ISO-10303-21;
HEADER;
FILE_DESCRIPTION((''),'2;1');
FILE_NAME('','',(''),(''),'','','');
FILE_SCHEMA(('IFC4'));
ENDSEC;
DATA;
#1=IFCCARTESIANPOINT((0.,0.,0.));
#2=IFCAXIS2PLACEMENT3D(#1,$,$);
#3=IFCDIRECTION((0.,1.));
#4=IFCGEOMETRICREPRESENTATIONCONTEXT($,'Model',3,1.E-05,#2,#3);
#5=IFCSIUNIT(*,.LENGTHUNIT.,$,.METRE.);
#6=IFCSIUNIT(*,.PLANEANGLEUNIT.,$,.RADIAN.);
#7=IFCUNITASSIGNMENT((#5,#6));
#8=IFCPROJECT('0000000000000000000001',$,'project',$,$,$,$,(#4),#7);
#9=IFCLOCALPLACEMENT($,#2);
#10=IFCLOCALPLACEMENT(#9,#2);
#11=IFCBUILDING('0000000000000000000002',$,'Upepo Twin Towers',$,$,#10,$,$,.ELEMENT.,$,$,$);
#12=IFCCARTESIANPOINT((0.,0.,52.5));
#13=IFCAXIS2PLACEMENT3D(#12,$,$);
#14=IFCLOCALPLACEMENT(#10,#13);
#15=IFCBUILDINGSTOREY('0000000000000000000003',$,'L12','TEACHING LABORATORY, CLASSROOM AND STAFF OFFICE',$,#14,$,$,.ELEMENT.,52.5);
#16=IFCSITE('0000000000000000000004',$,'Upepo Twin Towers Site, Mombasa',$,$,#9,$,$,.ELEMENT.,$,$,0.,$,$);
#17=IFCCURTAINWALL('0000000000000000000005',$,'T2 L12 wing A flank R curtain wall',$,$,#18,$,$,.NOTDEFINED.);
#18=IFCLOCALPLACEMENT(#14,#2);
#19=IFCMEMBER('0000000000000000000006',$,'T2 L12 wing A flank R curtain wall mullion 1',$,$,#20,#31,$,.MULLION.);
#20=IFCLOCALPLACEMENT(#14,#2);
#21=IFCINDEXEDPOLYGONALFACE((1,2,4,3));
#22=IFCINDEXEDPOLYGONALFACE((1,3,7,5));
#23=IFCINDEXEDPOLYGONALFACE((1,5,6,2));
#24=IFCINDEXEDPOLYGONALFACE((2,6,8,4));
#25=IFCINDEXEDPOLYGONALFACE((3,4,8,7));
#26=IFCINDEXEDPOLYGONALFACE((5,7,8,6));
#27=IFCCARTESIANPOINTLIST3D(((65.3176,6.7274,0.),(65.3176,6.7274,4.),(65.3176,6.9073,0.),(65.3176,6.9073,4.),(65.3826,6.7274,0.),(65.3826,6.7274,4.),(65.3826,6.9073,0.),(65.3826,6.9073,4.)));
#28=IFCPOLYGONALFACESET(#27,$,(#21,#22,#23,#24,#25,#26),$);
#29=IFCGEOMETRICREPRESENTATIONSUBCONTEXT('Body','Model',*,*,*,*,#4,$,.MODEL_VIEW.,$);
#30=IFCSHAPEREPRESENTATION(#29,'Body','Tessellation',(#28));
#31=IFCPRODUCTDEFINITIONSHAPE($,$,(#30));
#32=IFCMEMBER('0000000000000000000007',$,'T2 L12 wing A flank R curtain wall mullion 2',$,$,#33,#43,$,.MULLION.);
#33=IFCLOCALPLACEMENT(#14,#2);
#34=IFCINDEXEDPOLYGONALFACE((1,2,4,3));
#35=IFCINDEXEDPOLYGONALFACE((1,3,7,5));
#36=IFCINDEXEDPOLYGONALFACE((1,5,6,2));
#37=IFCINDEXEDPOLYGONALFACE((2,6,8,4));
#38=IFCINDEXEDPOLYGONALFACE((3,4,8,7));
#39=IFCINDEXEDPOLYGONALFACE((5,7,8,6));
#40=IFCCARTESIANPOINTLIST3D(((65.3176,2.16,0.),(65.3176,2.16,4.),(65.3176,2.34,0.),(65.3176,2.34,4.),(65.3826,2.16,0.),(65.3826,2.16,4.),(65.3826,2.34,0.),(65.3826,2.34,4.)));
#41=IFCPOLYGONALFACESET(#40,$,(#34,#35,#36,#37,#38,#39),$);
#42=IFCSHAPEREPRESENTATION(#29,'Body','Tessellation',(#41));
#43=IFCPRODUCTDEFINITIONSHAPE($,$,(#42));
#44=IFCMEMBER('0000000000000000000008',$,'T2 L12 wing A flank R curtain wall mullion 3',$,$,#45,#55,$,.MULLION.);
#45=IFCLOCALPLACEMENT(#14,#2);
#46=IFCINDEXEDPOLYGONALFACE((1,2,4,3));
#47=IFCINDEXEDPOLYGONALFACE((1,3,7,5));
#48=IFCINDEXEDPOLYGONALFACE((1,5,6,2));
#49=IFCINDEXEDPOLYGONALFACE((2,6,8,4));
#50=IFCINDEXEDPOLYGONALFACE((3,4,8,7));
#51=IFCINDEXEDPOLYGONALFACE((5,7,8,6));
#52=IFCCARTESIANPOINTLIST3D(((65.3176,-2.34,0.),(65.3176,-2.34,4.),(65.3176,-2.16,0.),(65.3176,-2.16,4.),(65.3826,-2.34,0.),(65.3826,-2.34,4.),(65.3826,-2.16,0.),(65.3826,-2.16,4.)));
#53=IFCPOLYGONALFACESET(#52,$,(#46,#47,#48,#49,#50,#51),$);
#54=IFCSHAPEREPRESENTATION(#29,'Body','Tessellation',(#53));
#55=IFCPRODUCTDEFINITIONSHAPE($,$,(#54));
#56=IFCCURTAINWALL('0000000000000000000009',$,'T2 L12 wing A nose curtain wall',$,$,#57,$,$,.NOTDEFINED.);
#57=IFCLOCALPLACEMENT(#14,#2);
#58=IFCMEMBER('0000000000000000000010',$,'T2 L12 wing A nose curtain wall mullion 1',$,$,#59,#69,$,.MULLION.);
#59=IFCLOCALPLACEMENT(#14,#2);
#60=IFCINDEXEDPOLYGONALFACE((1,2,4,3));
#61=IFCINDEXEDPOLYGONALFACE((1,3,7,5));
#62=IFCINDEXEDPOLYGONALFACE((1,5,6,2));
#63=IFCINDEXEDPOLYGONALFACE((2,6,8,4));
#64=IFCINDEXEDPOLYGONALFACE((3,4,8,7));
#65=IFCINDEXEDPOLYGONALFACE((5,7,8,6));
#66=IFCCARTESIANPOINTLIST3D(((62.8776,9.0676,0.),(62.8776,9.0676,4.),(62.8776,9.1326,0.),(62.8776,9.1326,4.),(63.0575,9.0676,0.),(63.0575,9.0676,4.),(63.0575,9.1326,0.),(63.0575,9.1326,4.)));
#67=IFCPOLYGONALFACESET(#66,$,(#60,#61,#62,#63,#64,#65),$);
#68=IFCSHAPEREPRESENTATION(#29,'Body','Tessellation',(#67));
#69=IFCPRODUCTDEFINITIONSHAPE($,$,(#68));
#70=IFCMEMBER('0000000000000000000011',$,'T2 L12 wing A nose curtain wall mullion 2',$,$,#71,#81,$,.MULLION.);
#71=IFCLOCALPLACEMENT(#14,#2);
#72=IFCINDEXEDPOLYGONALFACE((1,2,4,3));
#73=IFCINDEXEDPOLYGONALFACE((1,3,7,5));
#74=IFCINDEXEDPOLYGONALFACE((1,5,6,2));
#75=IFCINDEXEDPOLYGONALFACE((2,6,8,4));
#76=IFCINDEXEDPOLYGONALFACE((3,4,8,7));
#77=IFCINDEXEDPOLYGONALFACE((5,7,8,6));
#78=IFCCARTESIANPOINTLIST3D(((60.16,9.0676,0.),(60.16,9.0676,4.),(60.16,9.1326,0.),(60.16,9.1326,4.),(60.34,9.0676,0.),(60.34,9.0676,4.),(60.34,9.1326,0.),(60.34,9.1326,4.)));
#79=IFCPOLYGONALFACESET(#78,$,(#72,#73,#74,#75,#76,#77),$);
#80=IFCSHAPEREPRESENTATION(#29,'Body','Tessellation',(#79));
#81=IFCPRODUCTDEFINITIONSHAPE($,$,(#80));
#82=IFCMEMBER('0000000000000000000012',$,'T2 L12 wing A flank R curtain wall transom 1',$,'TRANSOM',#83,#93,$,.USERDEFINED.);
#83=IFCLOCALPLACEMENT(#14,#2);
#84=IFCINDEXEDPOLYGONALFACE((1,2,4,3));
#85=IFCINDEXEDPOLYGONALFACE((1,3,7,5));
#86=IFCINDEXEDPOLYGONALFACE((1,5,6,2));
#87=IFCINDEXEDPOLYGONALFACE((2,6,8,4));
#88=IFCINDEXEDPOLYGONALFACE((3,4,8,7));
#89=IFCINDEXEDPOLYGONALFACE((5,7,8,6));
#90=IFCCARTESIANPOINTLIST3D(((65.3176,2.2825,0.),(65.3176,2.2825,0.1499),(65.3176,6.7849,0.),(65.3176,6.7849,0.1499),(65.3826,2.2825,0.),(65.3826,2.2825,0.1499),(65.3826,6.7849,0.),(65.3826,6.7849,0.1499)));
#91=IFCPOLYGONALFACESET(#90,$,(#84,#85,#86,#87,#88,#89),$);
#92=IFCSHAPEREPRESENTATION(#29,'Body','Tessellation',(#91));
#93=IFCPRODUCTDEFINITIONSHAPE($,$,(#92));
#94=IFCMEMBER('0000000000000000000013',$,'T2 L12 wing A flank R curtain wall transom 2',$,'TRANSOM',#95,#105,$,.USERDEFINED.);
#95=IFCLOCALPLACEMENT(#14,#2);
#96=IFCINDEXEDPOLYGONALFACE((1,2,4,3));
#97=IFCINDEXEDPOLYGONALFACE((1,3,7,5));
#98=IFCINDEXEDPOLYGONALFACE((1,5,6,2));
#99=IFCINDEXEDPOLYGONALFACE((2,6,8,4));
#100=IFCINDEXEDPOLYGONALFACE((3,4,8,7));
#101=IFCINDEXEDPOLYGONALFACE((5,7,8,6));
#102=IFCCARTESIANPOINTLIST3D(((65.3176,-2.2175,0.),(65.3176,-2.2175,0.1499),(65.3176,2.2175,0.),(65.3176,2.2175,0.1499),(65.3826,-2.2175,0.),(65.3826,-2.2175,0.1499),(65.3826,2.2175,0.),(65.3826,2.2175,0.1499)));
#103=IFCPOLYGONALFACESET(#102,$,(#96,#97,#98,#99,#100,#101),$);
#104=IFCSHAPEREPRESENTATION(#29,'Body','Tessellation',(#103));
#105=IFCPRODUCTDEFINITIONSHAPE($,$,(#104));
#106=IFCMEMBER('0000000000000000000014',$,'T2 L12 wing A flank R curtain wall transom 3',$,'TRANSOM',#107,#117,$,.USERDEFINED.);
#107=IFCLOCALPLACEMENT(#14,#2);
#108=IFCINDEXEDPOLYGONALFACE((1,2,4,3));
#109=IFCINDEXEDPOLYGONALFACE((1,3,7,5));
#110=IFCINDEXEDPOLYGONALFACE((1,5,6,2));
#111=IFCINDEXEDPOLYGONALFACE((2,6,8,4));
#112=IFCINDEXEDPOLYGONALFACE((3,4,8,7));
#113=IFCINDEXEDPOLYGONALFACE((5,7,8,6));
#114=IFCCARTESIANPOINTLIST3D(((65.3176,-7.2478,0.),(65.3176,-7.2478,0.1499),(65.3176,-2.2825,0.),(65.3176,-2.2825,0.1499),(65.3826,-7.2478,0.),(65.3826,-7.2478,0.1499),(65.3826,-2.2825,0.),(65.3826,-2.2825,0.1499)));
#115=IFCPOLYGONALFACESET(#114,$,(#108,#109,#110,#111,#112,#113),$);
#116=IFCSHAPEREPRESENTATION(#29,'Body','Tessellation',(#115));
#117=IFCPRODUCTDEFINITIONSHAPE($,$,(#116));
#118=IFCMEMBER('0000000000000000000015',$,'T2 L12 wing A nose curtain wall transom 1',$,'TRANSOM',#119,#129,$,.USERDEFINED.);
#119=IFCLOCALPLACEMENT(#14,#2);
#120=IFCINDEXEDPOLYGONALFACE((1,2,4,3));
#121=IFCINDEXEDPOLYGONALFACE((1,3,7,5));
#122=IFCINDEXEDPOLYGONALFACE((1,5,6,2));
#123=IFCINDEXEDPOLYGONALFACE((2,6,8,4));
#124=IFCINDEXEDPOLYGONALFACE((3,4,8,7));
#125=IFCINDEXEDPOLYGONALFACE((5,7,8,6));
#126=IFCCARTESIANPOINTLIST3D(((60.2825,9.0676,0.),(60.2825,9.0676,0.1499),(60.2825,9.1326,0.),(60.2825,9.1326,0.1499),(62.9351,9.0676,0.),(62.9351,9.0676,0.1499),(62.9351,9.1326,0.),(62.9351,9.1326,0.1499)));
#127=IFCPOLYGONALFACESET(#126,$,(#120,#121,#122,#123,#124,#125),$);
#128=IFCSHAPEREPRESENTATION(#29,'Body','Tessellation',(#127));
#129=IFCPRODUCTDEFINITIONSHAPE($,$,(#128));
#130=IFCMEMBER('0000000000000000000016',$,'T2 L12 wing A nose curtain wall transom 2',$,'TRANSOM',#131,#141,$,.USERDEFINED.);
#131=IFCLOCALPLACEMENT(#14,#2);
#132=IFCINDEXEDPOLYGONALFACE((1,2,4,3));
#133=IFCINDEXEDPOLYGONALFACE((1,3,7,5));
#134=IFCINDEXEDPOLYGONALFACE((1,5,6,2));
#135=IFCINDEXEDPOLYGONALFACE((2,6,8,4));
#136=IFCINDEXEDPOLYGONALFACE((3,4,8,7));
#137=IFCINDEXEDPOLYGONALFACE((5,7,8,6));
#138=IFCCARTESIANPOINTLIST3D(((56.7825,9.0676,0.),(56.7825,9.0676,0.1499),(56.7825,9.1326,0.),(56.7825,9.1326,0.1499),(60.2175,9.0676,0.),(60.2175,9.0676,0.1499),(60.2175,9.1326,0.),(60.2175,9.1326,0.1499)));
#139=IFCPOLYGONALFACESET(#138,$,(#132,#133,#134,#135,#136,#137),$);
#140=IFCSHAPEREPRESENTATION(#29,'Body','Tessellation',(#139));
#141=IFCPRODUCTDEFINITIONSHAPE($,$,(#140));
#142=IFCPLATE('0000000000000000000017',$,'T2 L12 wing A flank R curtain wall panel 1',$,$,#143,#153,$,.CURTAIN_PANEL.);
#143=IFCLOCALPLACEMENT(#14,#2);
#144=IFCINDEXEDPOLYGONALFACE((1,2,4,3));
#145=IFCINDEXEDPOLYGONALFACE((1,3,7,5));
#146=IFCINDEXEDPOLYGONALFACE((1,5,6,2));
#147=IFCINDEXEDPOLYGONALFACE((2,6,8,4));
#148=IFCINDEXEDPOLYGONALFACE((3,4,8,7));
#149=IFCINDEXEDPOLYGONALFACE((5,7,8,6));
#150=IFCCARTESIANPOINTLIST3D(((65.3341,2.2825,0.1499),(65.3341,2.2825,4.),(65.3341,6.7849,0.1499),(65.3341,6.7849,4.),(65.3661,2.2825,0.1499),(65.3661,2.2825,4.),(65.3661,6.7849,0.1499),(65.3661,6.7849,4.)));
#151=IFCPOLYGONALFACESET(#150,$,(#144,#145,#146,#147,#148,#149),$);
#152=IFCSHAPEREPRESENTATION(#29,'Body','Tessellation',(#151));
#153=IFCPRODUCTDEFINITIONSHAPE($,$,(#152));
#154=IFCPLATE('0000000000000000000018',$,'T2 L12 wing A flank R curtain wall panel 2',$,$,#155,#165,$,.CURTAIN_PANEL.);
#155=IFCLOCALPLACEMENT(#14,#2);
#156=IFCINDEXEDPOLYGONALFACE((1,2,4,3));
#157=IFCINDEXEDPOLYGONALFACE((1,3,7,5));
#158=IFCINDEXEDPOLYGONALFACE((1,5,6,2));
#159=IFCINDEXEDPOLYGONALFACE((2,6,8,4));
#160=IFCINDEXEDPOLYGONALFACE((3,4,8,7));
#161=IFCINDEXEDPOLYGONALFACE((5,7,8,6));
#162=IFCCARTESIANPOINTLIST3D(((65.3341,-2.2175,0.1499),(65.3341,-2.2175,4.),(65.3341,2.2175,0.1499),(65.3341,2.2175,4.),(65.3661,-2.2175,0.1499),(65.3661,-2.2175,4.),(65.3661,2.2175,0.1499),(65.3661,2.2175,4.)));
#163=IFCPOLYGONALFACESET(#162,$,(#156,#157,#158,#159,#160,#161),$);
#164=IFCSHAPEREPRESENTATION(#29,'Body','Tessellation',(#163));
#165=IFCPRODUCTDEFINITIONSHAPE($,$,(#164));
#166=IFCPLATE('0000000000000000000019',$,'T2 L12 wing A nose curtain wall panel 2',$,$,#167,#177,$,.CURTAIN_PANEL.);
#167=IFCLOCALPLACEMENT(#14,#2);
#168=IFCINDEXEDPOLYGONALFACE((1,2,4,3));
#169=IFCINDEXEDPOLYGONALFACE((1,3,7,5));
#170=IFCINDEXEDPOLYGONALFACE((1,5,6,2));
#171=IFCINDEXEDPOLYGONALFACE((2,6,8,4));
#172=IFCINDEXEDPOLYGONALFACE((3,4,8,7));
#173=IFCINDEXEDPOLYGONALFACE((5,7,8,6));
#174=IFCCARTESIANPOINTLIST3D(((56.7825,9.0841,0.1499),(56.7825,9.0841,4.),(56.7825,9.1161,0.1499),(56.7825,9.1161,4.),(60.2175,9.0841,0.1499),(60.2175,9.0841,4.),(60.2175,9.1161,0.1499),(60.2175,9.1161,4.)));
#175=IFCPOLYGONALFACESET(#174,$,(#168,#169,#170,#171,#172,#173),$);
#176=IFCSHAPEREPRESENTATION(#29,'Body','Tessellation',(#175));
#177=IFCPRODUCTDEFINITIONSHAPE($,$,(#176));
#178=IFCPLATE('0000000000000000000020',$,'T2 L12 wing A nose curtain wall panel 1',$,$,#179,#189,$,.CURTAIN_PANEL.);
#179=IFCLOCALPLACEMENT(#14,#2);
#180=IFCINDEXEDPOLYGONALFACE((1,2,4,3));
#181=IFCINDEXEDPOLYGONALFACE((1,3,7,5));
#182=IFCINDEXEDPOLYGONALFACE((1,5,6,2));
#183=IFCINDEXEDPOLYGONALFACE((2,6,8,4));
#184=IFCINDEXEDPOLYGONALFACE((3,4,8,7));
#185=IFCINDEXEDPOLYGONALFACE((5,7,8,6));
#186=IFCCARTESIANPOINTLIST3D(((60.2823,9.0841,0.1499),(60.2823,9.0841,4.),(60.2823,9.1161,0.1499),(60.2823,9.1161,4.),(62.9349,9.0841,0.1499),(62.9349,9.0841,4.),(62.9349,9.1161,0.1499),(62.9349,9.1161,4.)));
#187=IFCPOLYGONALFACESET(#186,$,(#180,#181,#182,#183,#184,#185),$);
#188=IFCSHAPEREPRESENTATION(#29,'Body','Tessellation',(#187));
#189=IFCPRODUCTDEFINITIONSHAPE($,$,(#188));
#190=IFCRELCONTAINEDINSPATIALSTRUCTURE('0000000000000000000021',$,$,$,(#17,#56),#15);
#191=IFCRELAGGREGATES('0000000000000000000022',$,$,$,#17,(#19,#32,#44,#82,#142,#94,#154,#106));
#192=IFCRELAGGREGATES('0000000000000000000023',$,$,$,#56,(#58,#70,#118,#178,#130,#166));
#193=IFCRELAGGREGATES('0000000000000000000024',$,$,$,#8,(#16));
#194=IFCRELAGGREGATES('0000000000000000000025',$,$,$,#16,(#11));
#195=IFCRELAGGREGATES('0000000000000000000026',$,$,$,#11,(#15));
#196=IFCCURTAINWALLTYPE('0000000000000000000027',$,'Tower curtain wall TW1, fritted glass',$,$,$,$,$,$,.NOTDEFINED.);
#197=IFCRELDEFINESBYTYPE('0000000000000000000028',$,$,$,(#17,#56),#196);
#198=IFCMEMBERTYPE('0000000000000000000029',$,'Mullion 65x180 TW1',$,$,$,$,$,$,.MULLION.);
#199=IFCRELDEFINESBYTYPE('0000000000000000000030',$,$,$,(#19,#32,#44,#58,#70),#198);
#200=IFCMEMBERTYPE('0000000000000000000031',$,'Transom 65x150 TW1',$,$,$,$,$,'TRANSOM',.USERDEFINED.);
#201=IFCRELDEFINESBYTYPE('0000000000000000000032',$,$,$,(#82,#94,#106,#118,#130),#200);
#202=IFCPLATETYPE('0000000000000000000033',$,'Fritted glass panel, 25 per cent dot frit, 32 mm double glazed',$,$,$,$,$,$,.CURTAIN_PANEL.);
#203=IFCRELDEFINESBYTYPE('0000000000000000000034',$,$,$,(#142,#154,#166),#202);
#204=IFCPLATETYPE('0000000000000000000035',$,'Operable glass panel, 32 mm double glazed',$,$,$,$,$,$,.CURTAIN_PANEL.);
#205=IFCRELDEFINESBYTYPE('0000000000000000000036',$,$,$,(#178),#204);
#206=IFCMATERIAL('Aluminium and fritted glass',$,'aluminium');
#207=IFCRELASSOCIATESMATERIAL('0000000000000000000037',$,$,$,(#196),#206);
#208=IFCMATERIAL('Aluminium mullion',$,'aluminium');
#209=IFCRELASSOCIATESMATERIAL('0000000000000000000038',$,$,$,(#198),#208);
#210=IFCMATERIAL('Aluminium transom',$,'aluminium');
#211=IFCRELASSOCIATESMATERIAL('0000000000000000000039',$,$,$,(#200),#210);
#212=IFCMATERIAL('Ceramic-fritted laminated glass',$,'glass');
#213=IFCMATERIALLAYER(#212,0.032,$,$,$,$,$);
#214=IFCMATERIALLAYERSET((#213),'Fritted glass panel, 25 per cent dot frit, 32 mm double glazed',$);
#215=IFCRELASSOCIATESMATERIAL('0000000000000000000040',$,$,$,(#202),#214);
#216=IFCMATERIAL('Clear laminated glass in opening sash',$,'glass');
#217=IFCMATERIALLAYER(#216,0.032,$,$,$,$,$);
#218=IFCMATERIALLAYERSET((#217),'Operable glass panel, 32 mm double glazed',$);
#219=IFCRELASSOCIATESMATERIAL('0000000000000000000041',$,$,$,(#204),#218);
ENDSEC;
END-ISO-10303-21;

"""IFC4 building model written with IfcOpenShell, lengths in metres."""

from ifc_helpers import new_model, si_unit, direction, frame, origin, origin_2d, place, context, subcontext, project, spatial, rectangle, extrude, material, layer, layer_set, material_profile, profile_set, type_object, element, aggregate, save


model = new_model("IFC4")

# Units and contexts
model_context = context("Model", 3, precision=1e-05, world=origin(), true_north=direction((0.0, 1.0)))
body_context = subcontext(model_context, "Body", "Model", "MODEL_VIEW")
ifc_project = project(units=[si_unit("LENGTHUNIT", "METRE"), si_unit("PLANEANGLEUNIT", "RADIAN")], contexts=[model_context])

# Site, building, storey
site_placement = place(None, origin())
site = spatial("IfcSite", under=ifc_project, at=site_placement, Name="Upepo Twin Towers Site, Mombasa", CompositionType="ELEMENT", RefElevation=0.0)
building_placement = place(site_placement, origin())
building = spatial("IfcBuilding", under=site, at=building_placement, Name="Upepo Twin Towers", CompositionType="ELEMENT")
storey_placement = place(building_placement, frame((0.0, 0.0, 52.5)))
storey = spatial("IfcBuildingStorey", under=building, at=storey_placement, Name="L12", Description="TEACHING LABORATORY, CLASSROOM AND STAFF OFFICE", CompositionType="ELEMENT", Elevation=52.5)

# Curtain walls, members
ifc_material_1 = material(Name="Aluminium and fritted glass", Category="aluminium")
curtain_wall_type = type_object("IfcCurtainWallType", Name="Tower curtain wall TW1, fritted glass", PredefinedType="NOTDEFINED", material=ifc_material_1)
curtain_wall_1_placement = place(storey_placement, origin())
curtain_wall_1 = element("IfcCurtainWall", 1, at=curtain_wall_1_placement, inside=storey, type_object=curtain_wall_type, Name="T2 L12 wing A flank R curtain wall", PredefinedType="NOTDEFINED")
ifc_material_2 = material(Name="Aluminium mullion", Category="aluminium")
ifc_material_profile_1 = material_profile(ifc_material_2, rectangle(XDim=0.0649, YDim=0.1799, at=origin_2d()), Name="MULLION 65x180")
ifc_profile_set_1 = profile_set([ifc_material_profile_1], Name="Aluminium mullion")
member_type_1 = type_object("IfcMemberType", Name="Mullion 65x180 TW1", PredefinedType="MULLION", material=ifc_profile_set_1)
member_1_placement = place(storey_placement, frame((65.3501, 6.8174, 0.0), z_axis=(0.0, 0.0, 1.0), x_axis=(1.0, 0.0, 0.0)))
member_1 = element("IfcMember", 2, at=member_1_placement, type_object=member_type_1, Name="T2 L12 wing A flank R curtain wall mullion 1", PredefinedType="MULLION", context=body_context, shape_type="SweptSolid", body=[
    extrude(rectangle(XDim=0.0649, YDim=0.1799, at=origin_2d()), origin(), (0.0, 0.0, 1.0), 4.0),
])
member_2_placement = place(storey_placement, frame((65.3501, 2.25, 0.0), z_axis=(0.0, 0.0, 1.0), x_axis=(1.0, 0.0, 0.0)))
member_2 = element("IfcMember", 3, at=member_2_placement, type_object=member_type_1, Name="T2 L12 wing A flank R curtain wall mullion 2", PredefinedType="MULLION", context=body_context, shape_type="SweptSolid", body=[
    extrude(rectangle(XDim=0.0649, YDim=0.1799, at=origin_2d()), origin(), (0.0, 0.0, 1.0), 4.0),
])
member_3_placement = place(storey_placement, frame((65.3501, -2.25, 0.0), z_axis=(0.0, 0.0, 1.0), x_axis=(1.0, 0.0, 0.0)))
member_3 = element("IfcMember", 4, at=member_3_placement, type_object=member_type_1, Name="T2 L12 wing A flank R curtain wall mullion 3", PredefinedType="MULLION", context=body_context, shape_type="SweptSolid", body=[
    extrude(rectangle(XDim=0.0649, YDim=0.1799, at=origin_2d()), origin(), (0.0, 0.0, 1.0), 4.0),
])
curtain_wall_2_placement = place(storey_placement, origin())
curtain_wall_2 = element("IfcCurtainWall", 5, at=curtain_wall_2_placement, inside=storey, type_object=curtain_wall_type, Name="T2 L12 wing A nose curtain wall", PredefinedType="NOTDEFINED")
member_4_placement = place(storey_placement, frame((62.9675, 9.1001, 0.0), z_axis=(0.0, 0.0, 1.0), x_axis=(0.0, -1.0, 0.0)))
member_4 = element("IfcMember", 6, at=member_4_placement, type_object=member_type_1, Name="T2 L12 wing A nose curtain wall mullion 1", PredefinedType="MULLION", context=body_context, shape_type="SweptSolid", body=[
    extrude(rectangle(XDim=0.0649, YDim=0.1799, at=origin_2d()), origin(), (0.0, 0.0, 1.0), 4.0),
])
member_5_placement = place(storey_placement, frame((60.25, 9.1001, 0.0), z_axis=(0.0, 0.0, 1.0), x_axis=(0.0, -1.0, 0.0)))
member_5 = element("IfcMember", 7, at=member_5_placement, type_object=member_type_1, Name="T2 L12 wing A nose curtain wall mullion 2", PredefinedType="MULLION", context=body_context, shape_type="SweptSolid", body=[
    extrude(rectangle(XDim=0.0649, YDim=0.1799, at=origin_2d()), origin(), (0.0, 0.0, 1.0), 4.0),
])

# Members
ifc_material_3 = material(Name="Aluminium transom", Category="aluminium")
ifc_material_profile_2 = material_profile(ifc_material_3, rectangle(XDim=0.0649, YDim=0.1499, at=origin_2d()), Name="TRANSOM 65x150")
ifc_profile_set_2 = profile_set([ifc_material_profile_2], Name="Aluminium transom")
member_type_2 = type_object("IfcMemberType", Name="Transom 65x150 TW1", ElementType="TRANSOM", PredefinedType="USERDEFINED", material=ifc_profile_set_2)
member_6_placement = place(storey_placement, frame((65.3501, 6.7849, 0.075), z_axis=(0.0, -1.0, 0.0), x_axis=(1.0, 0.0, 0.0)))
member_6 = element("IfcMember", 8, at=member_6_placement, type_object=member_type_2, Name="T2 L12 wing A flank R curtain wall transom 1", ObjectType="TRANSOM", PredefinedType="USERDEFINED", context=body_context, shape_type="SweptSolid", body=[
    extrude(rectangle(XDim=0.0649, YDim=0.1499, at=origin_2d()), origin(), (0.0, 0.0, 1.0), 4.5024),
])
member_7_placement = place(storey_placement, frame((65.3501, 2.2175, 0.075), z_axis=(0.0, -1.0, 0.0), x_axis=(1.0, 0.0, 0.0)))
member_7 = element("IfcMember", 9, at=member_7_placement, type_object=member_type_2, Name="T2 L12 wing A flank R curtain wall transom 2", ObjectType="TRANSOM", PredefinedType="USERDEFINED", context=body_context, shape_type="SweptSolid", body=[
    extrude(rectangle(XDim=0.0649, YDim=0.1499, at=origin_2d()), origin(), (0.0, 0.0, 1.0), 4.4351),
])
member_8_placement = place(storey_placement, frame((65.3501, -2.2825, 0.075), z_axis=(0.0, -1.0, 0.0), x_axis=(1.0, 0.0, 0.0)))
member_8 = element("IfcMember", 10, at=member_8_placement, type_object=member_type_2, Name="T2 L12 wing A flank R curtain wall transom 3", ObjectType="TRANSOM", PredefinedType="USERDEFINED", context=body_context, shape_type="SweptSolid", body=[
    extrude(rectangle(XDim=0.0649, YDim=0.1499, at=origin_2d()), origin(), (0.0, 0.0, 1.0), 4.9653),
])
member_9_placement = place(storey_placement, frame((62.9351, 9.1001, 0.075), z_axis=(-1.0, 0.0, 0.0), x_axis=(0.0, -1.0, 0.0)))
member_9 = element("IfcMember", 11, at=member_9_placement, type_object=member_type_2, Name="T2 L12 wing A nose curtain wall transom 1", ObjectType="TRANSOM", PredefinedType="USERDEFINED", context=body_context, shape_type="SweptSolid", body=[
    extrude(rectangle(XDim=0.0649, YDim=0.1499, at=origin_2d()), origin(), (0.0, 0.0, 1.0), 2.6526),
])
member_10_placement = place(storey_placement, frame((60.2175, 9.1001, 0.075), z_axis=(-1.0, 0.0, 0.0), x_axis=(0.0, -1.0, 0.0)))
member_10 = element("IfcMember", 12, at=member_10_placement, type_object=member_type_2, Name="T2 L12 wing A nose curtain wall transom 2", ObjectType="TRANSOM", PredefinedType="USERDEFINED", context=body_context, shape_type="SweptSolid", body=[
    extrude(rectangle(XDim=0.0649, YDim=0.1499, at=origin_2d()), origin(), (0.0, 0.0, 1.0), 3.4351),
])

# Plates
ifc_material_4 = material(Name="Ceramic-fritted laminated glass", Category="glass")
ifc_layer_1 = layer(ifc_material_4, 0.032)
ifc_layer_set_1 = layer_set([ifc_layer_1], Name="Fritted glass panel, 25 per cent dot frit, 32 mm double glazed")
plate_type_1 = type_object("IfcPlateType", Name="Fritted glass panel, 25 per cent dot frit, 32 mm double glazed", PredefinedType="CURTAIN_PANEL", material=ifc_layer_set_1)
plate_1_placement = place(storey_placement, frame((65.3501, 4.5337, 0.1499), z_axis=(0.0, 0.0, 1.0), x_axis=(0.0, -1.0, 0.0)))
plate_1 = element("IfcPlate", 13, at=plate_1_placement, type_object=plate_type_1, Name="T2 L12 wing A flank R curtain wall panel 1", PredefinedType="CURTAIN_PANEL", context=body_context, shape_type="SweptSolid", body=[
    extrude(rectangle(XDim=4.5024, YDim=0.032, at=origin_2d()), origin(), (0.0, 0.0, 1.0), 3.8501),
])
plate_2_placement = place(storey_placement, frame((65.3501, 0.0, 0.1499), z_axis=(0.0, 0.0, 1.0), x_axis=(0.0, -1.0, 0.0)))
plate_2 = element("IfcPlate", 14, at=plate_2_placement, type_object=plate_type_1, Name="T2 L12 wing A flank R curtain wall panel 2", PredefinedType="CURTAIN_PANEL", context=body_context, shape_type="SweptSolid", body=[
    extrude(rectangle(XDim=4.4351, YDim=0.032, at=origin_2d()), origin(), (0.0, 0.0, 1.0), 3.8501),
])
aggregate(curtain_wall_1, [member_1, member_2, member_3, member_6, plate_1, member_7, plate_2, member_8])
plate_3_placement = place(storey_placement, frame((58.5, 9.1001, 0.1499), z_axis=(0.0, 0.0, 1.0), x_axis=(-1.0, 0.0, 0.0)))
plate_3 = element("IfcPlate", 15, at=plate_3_placement, type_object=plate_type_1, Name="T2 L12 wing A nose curtain wall panel 2", PredefinedType="CURTAIN_PANEL", context=body_context, shape_type="SweptSolid", body=[
    extrude(rectangle(XDim=3.4351, YDim=0.032, at=origin_2d()), origin(), (0.0, 0.0, 1.0), 3.8501),
])
ifc_material_5 = material(Name="Clear laminated glass in opening sash", Category="glass")
ifc_layer_2 = layer(ifc_material_5, 0.032)
ifc_layer_set_2 = layer_set([ifc_layer_2], Name="Operable glass panel, 32 mm double glazed")
plate_type_2 = type_object("IfcPlateType", Name="Operable glass panel, 32 mm double glazed", PredefinedType="CURTAIN_PANEL", material=ifc_layer_set_2)
plate_4_placement = place(storey_placement, frame((61.6086, 9.1001, 0.1499), z_axis=(0.0, 0.0, 1.0), x_axis=(-1.0, 0.0, 0.0)))
plate_4 = element("IfcPlate", 16, at=plate_4_placement, type_object=plate_type_2, Name="T2 L12 wing A nose curtain wall panel 1", PredefinedType="CURTAIN_PANEL", context=body_context, shape_type="SweptSolid", body=[
    extrude(rectangle(XDim=2.6526, YDim=0.032, at=origin_2d()), origin(), (0.0, 0.0, 1.0), 3.8501),
])
aggregate(curtain_wall_2, [member_4, member_5, member_9, plate_4, member_10, plate_3])

save(model, "model.ifc")
